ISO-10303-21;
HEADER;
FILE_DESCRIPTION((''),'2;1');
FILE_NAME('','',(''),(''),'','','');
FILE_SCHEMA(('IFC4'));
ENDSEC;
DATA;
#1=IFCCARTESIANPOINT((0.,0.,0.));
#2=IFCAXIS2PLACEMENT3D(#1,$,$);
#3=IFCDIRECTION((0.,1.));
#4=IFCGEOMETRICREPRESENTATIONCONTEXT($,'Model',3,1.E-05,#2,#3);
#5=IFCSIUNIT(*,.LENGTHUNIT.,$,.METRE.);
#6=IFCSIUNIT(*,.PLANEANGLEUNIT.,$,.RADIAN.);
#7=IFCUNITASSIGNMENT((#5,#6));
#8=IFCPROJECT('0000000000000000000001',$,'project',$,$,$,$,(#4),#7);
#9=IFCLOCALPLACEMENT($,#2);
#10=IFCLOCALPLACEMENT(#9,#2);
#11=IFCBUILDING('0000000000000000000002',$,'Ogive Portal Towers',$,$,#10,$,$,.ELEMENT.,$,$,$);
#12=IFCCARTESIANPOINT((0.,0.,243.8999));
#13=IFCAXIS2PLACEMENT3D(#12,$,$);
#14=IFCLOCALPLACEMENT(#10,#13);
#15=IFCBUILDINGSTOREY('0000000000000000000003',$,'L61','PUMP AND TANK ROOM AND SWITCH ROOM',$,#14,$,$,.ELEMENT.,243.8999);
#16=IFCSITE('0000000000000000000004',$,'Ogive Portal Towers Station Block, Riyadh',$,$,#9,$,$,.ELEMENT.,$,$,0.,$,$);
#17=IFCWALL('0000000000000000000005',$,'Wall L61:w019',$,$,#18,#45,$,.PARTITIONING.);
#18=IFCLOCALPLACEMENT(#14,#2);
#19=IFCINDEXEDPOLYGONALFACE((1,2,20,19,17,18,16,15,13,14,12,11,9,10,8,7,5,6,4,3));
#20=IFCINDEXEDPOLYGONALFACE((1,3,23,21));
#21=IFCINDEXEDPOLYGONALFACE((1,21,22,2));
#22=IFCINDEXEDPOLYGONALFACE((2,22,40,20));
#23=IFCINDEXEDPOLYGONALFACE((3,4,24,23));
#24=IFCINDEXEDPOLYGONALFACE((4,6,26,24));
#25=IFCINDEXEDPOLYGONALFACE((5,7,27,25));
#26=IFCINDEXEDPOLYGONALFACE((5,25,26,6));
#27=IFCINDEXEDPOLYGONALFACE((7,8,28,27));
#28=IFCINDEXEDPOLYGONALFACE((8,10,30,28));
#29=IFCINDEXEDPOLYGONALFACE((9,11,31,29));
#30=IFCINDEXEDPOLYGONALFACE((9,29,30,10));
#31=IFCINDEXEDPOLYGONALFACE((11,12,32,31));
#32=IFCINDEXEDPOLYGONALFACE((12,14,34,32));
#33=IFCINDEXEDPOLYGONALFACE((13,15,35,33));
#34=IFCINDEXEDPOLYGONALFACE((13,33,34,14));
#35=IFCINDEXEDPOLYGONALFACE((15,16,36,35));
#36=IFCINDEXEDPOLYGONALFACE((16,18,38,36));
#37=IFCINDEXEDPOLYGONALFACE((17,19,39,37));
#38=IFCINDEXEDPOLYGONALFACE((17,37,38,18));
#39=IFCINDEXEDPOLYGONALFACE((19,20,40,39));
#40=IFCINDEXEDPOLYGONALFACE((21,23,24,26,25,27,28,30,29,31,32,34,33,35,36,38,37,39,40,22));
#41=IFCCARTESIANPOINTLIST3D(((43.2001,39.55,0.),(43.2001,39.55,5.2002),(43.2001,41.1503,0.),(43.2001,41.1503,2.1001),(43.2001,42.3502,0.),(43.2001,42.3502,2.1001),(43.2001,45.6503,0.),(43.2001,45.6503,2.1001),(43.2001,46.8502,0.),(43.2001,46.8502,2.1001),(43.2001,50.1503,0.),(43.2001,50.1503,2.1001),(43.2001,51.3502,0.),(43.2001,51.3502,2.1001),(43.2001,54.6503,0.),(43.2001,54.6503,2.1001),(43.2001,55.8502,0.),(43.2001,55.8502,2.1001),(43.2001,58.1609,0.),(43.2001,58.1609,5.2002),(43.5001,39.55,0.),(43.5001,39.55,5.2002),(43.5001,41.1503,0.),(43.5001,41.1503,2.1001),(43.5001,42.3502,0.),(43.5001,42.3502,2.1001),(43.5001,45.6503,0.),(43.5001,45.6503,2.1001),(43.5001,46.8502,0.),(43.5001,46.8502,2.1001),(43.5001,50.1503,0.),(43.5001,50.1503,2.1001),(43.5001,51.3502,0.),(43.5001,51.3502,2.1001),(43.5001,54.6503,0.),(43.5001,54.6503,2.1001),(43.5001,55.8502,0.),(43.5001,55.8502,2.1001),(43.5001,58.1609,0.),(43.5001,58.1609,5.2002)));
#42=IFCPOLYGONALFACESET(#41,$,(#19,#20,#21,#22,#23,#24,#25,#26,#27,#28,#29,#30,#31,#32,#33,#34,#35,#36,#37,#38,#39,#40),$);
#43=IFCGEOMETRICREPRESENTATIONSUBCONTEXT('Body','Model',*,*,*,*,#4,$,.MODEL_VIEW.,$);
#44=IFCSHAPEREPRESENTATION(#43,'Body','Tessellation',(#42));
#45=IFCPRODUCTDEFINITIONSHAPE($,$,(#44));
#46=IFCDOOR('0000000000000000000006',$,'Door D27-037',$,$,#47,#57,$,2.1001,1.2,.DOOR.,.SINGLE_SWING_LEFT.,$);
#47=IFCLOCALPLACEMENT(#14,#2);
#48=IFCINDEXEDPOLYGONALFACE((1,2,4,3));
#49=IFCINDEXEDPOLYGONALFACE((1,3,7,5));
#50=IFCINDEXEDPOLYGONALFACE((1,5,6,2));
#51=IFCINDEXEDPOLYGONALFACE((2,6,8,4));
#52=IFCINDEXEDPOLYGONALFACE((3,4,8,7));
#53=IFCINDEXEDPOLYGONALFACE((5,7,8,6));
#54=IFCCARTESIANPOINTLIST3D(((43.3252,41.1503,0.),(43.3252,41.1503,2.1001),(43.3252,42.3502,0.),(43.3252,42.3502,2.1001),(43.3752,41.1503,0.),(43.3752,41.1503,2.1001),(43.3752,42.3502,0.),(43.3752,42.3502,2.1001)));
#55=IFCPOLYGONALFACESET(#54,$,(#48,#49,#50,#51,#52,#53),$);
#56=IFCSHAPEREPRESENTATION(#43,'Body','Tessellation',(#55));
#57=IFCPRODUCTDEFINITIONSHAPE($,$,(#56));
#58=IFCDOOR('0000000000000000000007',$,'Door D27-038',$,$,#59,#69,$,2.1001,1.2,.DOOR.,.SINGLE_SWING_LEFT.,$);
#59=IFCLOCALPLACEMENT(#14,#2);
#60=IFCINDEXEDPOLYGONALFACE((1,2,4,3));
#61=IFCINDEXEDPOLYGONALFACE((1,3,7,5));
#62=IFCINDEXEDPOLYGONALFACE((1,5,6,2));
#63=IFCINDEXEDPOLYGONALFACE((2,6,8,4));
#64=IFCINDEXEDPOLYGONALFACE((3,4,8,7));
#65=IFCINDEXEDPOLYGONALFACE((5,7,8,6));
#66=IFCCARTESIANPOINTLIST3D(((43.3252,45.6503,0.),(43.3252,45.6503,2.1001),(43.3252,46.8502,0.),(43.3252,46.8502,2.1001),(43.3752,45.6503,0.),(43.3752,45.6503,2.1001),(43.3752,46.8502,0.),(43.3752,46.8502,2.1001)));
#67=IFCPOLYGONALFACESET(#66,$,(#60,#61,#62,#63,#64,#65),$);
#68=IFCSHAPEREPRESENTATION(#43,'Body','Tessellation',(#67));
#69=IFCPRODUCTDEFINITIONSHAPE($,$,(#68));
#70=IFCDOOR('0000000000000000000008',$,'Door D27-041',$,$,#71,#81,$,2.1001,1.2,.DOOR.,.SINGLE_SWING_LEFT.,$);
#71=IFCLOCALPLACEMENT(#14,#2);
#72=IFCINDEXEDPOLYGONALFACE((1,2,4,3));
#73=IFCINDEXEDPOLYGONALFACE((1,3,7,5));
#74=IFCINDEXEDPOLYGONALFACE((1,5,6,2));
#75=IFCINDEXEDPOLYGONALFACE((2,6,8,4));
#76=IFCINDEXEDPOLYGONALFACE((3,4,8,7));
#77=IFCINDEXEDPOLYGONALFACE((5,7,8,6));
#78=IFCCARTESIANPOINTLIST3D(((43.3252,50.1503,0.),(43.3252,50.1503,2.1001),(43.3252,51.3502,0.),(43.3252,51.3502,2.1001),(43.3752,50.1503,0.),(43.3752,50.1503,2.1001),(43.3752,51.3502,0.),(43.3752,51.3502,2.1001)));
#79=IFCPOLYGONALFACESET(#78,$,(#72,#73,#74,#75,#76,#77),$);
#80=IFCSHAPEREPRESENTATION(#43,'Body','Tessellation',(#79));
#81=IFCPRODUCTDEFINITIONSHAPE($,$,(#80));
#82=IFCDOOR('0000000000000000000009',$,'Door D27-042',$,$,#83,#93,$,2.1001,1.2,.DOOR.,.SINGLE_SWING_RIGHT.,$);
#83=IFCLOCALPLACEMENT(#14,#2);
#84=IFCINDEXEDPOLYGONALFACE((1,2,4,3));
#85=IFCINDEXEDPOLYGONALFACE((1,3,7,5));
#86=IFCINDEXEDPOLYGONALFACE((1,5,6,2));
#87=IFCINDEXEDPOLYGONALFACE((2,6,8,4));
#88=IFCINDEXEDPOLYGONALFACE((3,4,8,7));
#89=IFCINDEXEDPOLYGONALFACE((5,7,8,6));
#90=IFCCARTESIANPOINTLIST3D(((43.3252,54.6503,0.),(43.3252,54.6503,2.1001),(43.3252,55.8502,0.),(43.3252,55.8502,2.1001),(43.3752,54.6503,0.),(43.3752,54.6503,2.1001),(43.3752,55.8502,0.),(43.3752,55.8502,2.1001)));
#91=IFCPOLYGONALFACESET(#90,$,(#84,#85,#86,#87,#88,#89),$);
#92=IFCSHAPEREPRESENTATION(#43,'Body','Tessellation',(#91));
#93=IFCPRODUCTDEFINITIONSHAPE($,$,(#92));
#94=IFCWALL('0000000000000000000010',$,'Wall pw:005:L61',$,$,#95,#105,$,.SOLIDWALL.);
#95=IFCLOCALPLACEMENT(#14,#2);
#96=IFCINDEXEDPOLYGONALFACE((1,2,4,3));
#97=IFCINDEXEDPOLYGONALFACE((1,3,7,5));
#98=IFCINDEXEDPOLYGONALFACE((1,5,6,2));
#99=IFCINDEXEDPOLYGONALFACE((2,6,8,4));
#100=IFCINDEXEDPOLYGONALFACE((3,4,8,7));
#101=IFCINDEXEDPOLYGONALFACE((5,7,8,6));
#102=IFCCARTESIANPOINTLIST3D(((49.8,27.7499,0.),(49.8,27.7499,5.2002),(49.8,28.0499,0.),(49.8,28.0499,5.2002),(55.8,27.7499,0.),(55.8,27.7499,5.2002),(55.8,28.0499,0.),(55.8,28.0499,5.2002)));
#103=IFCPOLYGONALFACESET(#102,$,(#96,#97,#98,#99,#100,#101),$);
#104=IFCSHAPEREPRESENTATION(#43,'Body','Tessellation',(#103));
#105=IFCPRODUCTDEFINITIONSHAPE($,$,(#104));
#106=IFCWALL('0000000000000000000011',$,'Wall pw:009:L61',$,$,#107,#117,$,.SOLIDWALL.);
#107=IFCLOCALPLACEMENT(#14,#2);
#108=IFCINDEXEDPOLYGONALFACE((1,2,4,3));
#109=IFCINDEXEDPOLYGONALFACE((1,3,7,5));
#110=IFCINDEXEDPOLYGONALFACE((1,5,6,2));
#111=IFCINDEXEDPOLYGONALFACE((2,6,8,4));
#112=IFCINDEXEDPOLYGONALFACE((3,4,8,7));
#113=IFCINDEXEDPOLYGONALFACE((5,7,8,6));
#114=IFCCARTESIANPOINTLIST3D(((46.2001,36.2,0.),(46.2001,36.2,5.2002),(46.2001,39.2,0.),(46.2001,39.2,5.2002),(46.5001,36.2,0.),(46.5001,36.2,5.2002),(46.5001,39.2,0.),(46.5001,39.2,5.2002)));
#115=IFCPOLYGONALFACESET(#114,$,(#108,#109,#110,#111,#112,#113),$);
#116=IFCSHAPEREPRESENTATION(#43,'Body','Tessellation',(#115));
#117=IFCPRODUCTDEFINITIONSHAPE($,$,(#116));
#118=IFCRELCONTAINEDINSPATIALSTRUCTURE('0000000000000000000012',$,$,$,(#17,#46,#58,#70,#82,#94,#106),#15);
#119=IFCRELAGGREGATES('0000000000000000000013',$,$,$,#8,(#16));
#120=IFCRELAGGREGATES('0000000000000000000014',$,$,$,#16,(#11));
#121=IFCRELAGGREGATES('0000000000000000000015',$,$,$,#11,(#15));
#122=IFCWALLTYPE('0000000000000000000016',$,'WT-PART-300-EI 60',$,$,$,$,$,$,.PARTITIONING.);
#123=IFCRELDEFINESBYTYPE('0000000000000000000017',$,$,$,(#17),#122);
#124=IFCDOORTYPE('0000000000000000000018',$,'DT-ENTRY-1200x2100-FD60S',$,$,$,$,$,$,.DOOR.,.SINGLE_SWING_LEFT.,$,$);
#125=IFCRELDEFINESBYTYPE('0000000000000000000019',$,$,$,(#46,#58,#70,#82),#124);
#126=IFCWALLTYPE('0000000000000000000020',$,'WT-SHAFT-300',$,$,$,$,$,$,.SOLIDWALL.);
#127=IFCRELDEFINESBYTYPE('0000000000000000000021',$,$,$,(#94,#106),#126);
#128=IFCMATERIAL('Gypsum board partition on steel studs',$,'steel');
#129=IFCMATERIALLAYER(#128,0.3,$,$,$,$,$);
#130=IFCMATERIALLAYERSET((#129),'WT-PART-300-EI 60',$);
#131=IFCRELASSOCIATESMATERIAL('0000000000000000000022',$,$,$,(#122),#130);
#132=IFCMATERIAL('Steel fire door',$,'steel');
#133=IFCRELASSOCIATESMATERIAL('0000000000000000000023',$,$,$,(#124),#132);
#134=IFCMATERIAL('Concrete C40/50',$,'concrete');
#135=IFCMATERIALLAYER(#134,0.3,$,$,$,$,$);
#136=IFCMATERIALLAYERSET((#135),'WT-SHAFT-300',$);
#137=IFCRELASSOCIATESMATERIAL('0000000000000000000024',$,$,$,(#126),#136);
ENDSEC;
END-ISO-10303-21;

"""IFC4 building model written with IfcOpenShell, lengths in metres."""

from ifc_helpers import new_model, si_unit, direction, frame, frame_2d, origin, place, context, subcontext, project, spatial, rectangle, extrude, material, layer, layer_set, type_object, element, fill, save


model = new_model("IFC4")

# Units and contexts
model_context = context("Model", 3, precision=1e-05, world=origin(), true_north=direction((0.0, 1.0)))
body_context = subcontext(model_context, "Body", "Model", "MODEL_VIEW")
ifc_project = project(units=[si_unit("LENGTHUNIT", "METRE"), si_unit("PLANEANGLEUNIT", "RADIAN")], contexts=[model_context])

# Site, building, storey
site_placement = place(None, origin())
site = spatial("IfcSite", under=ifc_project, at=site_placement, Name="Ogive Portal Towers Station Block, Riyadh", CompositionType="ELEMENT", RefElevation=0.0)
building_placement = place(site_placement, origin())
building = spatial("IfcBuilding", under=site, at=building_placement, Name="Ogive Portal Towers", CompositionType="ELEMENT")
storey_placement = place(building_placement, frame((0.0, 0.0, 243.8999)))
storey = spatial("IfcBuildingStorey", under=building, at=storey_placement, Name="L61", Description="PUMP AND TANK ROOM AND SWITCH ROOM", CompositionType="ELEMENT", Elevation=243.8999)

# Shared definitions
ifc_material_1 = material(Name="Steel fire door", Category="steel")

# Shared definitions
ifc_material_2 = material(Name="Gypsum board partition on steel studs", Category="steel")
ifc_layer_1 = layer(ifc_material_2, 0.3)
ifc_layer_set_1 = layer_set([ifc_layer_1], Name="WT-PART-300-EI 60")
wall_type_1 = type_object("IfcWallType", Name="WT-PART-300-EI 60", PredefinedType="PARTITIONING", material=ifc_layer_set_1)

# Wall, openings, doors
door_type_1 = type_object("IfcDoorType", Name="DT-ENTRY-1200x2100-FD60S", OperationType="SINGLE_SWING_LEFT", PredefinedType="DOOR", material=ifc_material_1)
wall_1_placement = place(storey_placement, frame((43.3501, 39.55, 0.0), z_axis=(0.0, 0.0, 1.0), x_axis=(0.0, 1.0, 0.0)))
wall_1 = element("IfcWall", 1, at=wall_1_placement, inside=storey, type_object=wall_type_1, Name="Wall L61:w019", PredefinedType="PARTITIONING", context=body_context, shape_type="SweptSolid", body=[
    extrude(rectangle(XDim=18.6108, YDim=0.3, at=frame_2d((9.3054, 0.0))), origin(), (0.0, 0.0, 1.0), 5.2002),
])
opening_1_placement = place(wall_1_placement, frame((1.6001, 0.0, 0.0)))
opening_1 = element("IfcOpeningElement", 2, at=opening_1_placement, cuts=wall_1, PredefinedType="OPENING", context=body_context, shape_type="SweptSolid", body=[
    extrude(rectangle(XDim=1.2, YDim=2.1001, at=frame_2d((0.6001, 1.05))), frame((0.0, 0.1602, 0.0), z_axis=(0.0, -1.0, 0.0), x_axis=(1.0, 0.0, 0.0)), (0.0, 0.0, 1.0), 0.3201),
])
opening_2_placement = place(wall_1_placement, frame((6.1001, 0.0, 0.0)))
opening_2 = element("IfcOpeningElement", 3, at=opening_2_placement, cuts=wall_1, PredefinedType="OPENING", context=body_context, shape_type="SweptSolid", body=[
    extrude(rectangle(XDim=1.2, YDim=2.1001, at=frame_2d((0.6001, 1.05))), frame((0.0, 0.1602, 0.0), z_axis=(0.0, -1.0, 0.0), x_axis=(1.0, 0.0, 0.0)), (0.0, 0.0, 1.0), 0.3201),
])
opening_3_placement = place(wall_1_placement, frame((10.6001, 0.0, 0.0)))
opening_3 = element("IfcOpeningElement", 4, at=opening_3_placement, cuts=wall_1, PredefinedType="OPENING", context=body_context, shape_type="SweptSolid", body=[
    extrude(rectangle(XDim=1.2, YDim=2.1001, at=frame_2d((0.6001, 1.05))), frame((0.0, 0.1602, 0.0), z_axis=(0.0, -1.0, 0.0), x_axis=(1.0, 0.0, 0.0)), (0.0, 0.0, 1.0), 0.3201),
])
opening_4_placement = place(wall_1_placement, frame((15.1001, 0.0, 0.0)))
opening_4 = element("IfcOpeningElement", 5, at=opening_4_placement, cuts=wall_1, PredefinedType="OPENING", context=body_context, shape_type="SweptSolid", body=[
    extrude(rectangle(XDim=1.2, YDim=2.1001, at=frame_2d((0.6001, 1.05))), frame((0.0, 0.1602, 0.0), z_axis=(0.0, -1.0, 0.0), x_axis=(1.0, 0.0, 0.0)), (0.0, 0.0, 1.0), 0.3201),
])
door_1_placement = place(opening_1_placement, origin())
door_1 = element("IfcDoor", 6, at=door_1_placement, inside=storey, type_object=door_type_1, Name="Door D27-037", OperationType="SINGLE_SWING_LEFT", OverallHeight=2.1001, OverallWidth=1.2, PredefinedType="DOOR", context=body_context, shape_type="SweptSolid", body=[
    extrude(rectangle(XDim=1.2, YDim=2.1001, at=frame_2d((0.6001, 1.05))), frame((0.0, 0.0249, 0.0), z_axis=(0.0, -1.0, 0.0), x_axis=(1.0, 0.0, 0.0)), (0.0, 0.0, 1.0), 0.05),
])
fill(opening_1, door_1)
door_2_placement = place(opening_2_placement, origin())
door_2 = element("IfcDoor", 7, at=door_2_placement, inside=storey, type_object=door_type_1, Name="Door D27-038", OperationType="SINGLE_SWING_LEFT", OverallHeight=2.1001, OverallWidth=1.2, PredefinedType="DOOR", context=body_context, shape_type="SweptSolid", body=[
    extrude(rectangle(XDim=1.2, YDim=2.1001, at=frame_2d((0.6001, 1.05))), frame((0.0, 0.0249, 0.0), z_axis=(0.0, -1.0, 0.0), x_axis=(1.0, 0.0, 0.0)), (0.0, 0.0, 1.0), 0.05),
])
fill(opening_2, door_2)
door_3_placement = place(opening_3_placement, origin())
door_3 = element("IfcDoor", 8, at=door_3_placement, inside=storey, type_object=door_type_1, Name="Door D27-041", OperationType="SINGLE_SWING_LEFT", OverallHeight=2.1001, OverallWidth=1.2, PredefinedType="DOOR", context=body_context, shape_type="SweptSolid", body=[
    extrude(rectangle(XDim=1.2, YDim=2.1001, at=frame_2d((0.6001, 1.05))), frame((0.0, 0.0249, 0.0), z_axis=(0.0, -1.0, 0.0), x_axis=(1.0, 0.0, 0.0)), (0.0, 0.0, 1.0), 0.05),
])
fill(opening_3, door_3)
door_4_placement = place(opening_4_placement, origin())
door_4 = element("IfcDoor", 9, at=door_4_placement, inside=storey, type_object=door_type_1, Name="Door D27-042", OperationType="SINGLE_SWING_RIGHT", OverallHeight=2.1001, OverallWidth=1.2, PredefinedType="DOOR", context=body_context, shape_type="SweptSolid", body=[
    extrude(rectangle(XDim=1.2, YDim=2.1001, at=frame_2d((0.6001, 1.05))), frame((0.0, 0.0249, 0.0), z_axis=(0.0, -1.0, 0.0), x_axis=(1.0, 0.0, 0.0)), (0.0, 0.0, 1.0), 0.05),
])
fill(opening_4, door_4)

# Walls
ifc_material_3 = material(Name="Concrete C40/50", Category="concrete")
ifc_layer_2 = layer(ifc_material_3, 0.3)
ifc_layer_set_2 = layer_set([ifc_layer_2], Name="WT-SHAFT-300")
wall_type_2 = type_object("IfcWallType", Name="WT-SHAFT-300", PredefinedType="SOLIDWALL", material=ifc_layer_set_2)
wall_2_placement = place(storey_placement, frame((49.8, 27.8999, 0.0), z_axis=(0.0, 0.0, 1.0), x_axis=(1.0, 0.0, 0.0)))
element("IfcWall", 10, at=wall_2_placement, inside=storey, type_object=wall_type_2, Name="Wall pw:005:L61", PredefinedType="SOLIDWALL", context=body_context, shape_type="SweptSolid", body=[
    extrude(rectangle(XDim=6.0, YDim=0.3, at=frame_2d((3.0, 0.0))), origin(), (0.0, 0.0, 1.0), 5.2002),
])
wall_3_placement = place(storey_placement, frame((46.3501, 36.2, 0.0), z_axis=(0.0, 0.0, 1.0), x_axis=(0.0, 1.0, 0.0)))
element("IfcWall", 11, at=wall_3_placement, inside=storey, type_object=wall_type_2, Name="Wall pw:009:L61", PredefinedType="SOLIDWALL", context=body_context, shape_type="SweptSolid", body=[
    extrude(rectangle(XDim=3.0, YDim=0.3, at=frame_2d((1.5, 0.0))), origin(), (0.0, 0.0, 1.0), 5.2002),
])

save(model, "model.ifc")
